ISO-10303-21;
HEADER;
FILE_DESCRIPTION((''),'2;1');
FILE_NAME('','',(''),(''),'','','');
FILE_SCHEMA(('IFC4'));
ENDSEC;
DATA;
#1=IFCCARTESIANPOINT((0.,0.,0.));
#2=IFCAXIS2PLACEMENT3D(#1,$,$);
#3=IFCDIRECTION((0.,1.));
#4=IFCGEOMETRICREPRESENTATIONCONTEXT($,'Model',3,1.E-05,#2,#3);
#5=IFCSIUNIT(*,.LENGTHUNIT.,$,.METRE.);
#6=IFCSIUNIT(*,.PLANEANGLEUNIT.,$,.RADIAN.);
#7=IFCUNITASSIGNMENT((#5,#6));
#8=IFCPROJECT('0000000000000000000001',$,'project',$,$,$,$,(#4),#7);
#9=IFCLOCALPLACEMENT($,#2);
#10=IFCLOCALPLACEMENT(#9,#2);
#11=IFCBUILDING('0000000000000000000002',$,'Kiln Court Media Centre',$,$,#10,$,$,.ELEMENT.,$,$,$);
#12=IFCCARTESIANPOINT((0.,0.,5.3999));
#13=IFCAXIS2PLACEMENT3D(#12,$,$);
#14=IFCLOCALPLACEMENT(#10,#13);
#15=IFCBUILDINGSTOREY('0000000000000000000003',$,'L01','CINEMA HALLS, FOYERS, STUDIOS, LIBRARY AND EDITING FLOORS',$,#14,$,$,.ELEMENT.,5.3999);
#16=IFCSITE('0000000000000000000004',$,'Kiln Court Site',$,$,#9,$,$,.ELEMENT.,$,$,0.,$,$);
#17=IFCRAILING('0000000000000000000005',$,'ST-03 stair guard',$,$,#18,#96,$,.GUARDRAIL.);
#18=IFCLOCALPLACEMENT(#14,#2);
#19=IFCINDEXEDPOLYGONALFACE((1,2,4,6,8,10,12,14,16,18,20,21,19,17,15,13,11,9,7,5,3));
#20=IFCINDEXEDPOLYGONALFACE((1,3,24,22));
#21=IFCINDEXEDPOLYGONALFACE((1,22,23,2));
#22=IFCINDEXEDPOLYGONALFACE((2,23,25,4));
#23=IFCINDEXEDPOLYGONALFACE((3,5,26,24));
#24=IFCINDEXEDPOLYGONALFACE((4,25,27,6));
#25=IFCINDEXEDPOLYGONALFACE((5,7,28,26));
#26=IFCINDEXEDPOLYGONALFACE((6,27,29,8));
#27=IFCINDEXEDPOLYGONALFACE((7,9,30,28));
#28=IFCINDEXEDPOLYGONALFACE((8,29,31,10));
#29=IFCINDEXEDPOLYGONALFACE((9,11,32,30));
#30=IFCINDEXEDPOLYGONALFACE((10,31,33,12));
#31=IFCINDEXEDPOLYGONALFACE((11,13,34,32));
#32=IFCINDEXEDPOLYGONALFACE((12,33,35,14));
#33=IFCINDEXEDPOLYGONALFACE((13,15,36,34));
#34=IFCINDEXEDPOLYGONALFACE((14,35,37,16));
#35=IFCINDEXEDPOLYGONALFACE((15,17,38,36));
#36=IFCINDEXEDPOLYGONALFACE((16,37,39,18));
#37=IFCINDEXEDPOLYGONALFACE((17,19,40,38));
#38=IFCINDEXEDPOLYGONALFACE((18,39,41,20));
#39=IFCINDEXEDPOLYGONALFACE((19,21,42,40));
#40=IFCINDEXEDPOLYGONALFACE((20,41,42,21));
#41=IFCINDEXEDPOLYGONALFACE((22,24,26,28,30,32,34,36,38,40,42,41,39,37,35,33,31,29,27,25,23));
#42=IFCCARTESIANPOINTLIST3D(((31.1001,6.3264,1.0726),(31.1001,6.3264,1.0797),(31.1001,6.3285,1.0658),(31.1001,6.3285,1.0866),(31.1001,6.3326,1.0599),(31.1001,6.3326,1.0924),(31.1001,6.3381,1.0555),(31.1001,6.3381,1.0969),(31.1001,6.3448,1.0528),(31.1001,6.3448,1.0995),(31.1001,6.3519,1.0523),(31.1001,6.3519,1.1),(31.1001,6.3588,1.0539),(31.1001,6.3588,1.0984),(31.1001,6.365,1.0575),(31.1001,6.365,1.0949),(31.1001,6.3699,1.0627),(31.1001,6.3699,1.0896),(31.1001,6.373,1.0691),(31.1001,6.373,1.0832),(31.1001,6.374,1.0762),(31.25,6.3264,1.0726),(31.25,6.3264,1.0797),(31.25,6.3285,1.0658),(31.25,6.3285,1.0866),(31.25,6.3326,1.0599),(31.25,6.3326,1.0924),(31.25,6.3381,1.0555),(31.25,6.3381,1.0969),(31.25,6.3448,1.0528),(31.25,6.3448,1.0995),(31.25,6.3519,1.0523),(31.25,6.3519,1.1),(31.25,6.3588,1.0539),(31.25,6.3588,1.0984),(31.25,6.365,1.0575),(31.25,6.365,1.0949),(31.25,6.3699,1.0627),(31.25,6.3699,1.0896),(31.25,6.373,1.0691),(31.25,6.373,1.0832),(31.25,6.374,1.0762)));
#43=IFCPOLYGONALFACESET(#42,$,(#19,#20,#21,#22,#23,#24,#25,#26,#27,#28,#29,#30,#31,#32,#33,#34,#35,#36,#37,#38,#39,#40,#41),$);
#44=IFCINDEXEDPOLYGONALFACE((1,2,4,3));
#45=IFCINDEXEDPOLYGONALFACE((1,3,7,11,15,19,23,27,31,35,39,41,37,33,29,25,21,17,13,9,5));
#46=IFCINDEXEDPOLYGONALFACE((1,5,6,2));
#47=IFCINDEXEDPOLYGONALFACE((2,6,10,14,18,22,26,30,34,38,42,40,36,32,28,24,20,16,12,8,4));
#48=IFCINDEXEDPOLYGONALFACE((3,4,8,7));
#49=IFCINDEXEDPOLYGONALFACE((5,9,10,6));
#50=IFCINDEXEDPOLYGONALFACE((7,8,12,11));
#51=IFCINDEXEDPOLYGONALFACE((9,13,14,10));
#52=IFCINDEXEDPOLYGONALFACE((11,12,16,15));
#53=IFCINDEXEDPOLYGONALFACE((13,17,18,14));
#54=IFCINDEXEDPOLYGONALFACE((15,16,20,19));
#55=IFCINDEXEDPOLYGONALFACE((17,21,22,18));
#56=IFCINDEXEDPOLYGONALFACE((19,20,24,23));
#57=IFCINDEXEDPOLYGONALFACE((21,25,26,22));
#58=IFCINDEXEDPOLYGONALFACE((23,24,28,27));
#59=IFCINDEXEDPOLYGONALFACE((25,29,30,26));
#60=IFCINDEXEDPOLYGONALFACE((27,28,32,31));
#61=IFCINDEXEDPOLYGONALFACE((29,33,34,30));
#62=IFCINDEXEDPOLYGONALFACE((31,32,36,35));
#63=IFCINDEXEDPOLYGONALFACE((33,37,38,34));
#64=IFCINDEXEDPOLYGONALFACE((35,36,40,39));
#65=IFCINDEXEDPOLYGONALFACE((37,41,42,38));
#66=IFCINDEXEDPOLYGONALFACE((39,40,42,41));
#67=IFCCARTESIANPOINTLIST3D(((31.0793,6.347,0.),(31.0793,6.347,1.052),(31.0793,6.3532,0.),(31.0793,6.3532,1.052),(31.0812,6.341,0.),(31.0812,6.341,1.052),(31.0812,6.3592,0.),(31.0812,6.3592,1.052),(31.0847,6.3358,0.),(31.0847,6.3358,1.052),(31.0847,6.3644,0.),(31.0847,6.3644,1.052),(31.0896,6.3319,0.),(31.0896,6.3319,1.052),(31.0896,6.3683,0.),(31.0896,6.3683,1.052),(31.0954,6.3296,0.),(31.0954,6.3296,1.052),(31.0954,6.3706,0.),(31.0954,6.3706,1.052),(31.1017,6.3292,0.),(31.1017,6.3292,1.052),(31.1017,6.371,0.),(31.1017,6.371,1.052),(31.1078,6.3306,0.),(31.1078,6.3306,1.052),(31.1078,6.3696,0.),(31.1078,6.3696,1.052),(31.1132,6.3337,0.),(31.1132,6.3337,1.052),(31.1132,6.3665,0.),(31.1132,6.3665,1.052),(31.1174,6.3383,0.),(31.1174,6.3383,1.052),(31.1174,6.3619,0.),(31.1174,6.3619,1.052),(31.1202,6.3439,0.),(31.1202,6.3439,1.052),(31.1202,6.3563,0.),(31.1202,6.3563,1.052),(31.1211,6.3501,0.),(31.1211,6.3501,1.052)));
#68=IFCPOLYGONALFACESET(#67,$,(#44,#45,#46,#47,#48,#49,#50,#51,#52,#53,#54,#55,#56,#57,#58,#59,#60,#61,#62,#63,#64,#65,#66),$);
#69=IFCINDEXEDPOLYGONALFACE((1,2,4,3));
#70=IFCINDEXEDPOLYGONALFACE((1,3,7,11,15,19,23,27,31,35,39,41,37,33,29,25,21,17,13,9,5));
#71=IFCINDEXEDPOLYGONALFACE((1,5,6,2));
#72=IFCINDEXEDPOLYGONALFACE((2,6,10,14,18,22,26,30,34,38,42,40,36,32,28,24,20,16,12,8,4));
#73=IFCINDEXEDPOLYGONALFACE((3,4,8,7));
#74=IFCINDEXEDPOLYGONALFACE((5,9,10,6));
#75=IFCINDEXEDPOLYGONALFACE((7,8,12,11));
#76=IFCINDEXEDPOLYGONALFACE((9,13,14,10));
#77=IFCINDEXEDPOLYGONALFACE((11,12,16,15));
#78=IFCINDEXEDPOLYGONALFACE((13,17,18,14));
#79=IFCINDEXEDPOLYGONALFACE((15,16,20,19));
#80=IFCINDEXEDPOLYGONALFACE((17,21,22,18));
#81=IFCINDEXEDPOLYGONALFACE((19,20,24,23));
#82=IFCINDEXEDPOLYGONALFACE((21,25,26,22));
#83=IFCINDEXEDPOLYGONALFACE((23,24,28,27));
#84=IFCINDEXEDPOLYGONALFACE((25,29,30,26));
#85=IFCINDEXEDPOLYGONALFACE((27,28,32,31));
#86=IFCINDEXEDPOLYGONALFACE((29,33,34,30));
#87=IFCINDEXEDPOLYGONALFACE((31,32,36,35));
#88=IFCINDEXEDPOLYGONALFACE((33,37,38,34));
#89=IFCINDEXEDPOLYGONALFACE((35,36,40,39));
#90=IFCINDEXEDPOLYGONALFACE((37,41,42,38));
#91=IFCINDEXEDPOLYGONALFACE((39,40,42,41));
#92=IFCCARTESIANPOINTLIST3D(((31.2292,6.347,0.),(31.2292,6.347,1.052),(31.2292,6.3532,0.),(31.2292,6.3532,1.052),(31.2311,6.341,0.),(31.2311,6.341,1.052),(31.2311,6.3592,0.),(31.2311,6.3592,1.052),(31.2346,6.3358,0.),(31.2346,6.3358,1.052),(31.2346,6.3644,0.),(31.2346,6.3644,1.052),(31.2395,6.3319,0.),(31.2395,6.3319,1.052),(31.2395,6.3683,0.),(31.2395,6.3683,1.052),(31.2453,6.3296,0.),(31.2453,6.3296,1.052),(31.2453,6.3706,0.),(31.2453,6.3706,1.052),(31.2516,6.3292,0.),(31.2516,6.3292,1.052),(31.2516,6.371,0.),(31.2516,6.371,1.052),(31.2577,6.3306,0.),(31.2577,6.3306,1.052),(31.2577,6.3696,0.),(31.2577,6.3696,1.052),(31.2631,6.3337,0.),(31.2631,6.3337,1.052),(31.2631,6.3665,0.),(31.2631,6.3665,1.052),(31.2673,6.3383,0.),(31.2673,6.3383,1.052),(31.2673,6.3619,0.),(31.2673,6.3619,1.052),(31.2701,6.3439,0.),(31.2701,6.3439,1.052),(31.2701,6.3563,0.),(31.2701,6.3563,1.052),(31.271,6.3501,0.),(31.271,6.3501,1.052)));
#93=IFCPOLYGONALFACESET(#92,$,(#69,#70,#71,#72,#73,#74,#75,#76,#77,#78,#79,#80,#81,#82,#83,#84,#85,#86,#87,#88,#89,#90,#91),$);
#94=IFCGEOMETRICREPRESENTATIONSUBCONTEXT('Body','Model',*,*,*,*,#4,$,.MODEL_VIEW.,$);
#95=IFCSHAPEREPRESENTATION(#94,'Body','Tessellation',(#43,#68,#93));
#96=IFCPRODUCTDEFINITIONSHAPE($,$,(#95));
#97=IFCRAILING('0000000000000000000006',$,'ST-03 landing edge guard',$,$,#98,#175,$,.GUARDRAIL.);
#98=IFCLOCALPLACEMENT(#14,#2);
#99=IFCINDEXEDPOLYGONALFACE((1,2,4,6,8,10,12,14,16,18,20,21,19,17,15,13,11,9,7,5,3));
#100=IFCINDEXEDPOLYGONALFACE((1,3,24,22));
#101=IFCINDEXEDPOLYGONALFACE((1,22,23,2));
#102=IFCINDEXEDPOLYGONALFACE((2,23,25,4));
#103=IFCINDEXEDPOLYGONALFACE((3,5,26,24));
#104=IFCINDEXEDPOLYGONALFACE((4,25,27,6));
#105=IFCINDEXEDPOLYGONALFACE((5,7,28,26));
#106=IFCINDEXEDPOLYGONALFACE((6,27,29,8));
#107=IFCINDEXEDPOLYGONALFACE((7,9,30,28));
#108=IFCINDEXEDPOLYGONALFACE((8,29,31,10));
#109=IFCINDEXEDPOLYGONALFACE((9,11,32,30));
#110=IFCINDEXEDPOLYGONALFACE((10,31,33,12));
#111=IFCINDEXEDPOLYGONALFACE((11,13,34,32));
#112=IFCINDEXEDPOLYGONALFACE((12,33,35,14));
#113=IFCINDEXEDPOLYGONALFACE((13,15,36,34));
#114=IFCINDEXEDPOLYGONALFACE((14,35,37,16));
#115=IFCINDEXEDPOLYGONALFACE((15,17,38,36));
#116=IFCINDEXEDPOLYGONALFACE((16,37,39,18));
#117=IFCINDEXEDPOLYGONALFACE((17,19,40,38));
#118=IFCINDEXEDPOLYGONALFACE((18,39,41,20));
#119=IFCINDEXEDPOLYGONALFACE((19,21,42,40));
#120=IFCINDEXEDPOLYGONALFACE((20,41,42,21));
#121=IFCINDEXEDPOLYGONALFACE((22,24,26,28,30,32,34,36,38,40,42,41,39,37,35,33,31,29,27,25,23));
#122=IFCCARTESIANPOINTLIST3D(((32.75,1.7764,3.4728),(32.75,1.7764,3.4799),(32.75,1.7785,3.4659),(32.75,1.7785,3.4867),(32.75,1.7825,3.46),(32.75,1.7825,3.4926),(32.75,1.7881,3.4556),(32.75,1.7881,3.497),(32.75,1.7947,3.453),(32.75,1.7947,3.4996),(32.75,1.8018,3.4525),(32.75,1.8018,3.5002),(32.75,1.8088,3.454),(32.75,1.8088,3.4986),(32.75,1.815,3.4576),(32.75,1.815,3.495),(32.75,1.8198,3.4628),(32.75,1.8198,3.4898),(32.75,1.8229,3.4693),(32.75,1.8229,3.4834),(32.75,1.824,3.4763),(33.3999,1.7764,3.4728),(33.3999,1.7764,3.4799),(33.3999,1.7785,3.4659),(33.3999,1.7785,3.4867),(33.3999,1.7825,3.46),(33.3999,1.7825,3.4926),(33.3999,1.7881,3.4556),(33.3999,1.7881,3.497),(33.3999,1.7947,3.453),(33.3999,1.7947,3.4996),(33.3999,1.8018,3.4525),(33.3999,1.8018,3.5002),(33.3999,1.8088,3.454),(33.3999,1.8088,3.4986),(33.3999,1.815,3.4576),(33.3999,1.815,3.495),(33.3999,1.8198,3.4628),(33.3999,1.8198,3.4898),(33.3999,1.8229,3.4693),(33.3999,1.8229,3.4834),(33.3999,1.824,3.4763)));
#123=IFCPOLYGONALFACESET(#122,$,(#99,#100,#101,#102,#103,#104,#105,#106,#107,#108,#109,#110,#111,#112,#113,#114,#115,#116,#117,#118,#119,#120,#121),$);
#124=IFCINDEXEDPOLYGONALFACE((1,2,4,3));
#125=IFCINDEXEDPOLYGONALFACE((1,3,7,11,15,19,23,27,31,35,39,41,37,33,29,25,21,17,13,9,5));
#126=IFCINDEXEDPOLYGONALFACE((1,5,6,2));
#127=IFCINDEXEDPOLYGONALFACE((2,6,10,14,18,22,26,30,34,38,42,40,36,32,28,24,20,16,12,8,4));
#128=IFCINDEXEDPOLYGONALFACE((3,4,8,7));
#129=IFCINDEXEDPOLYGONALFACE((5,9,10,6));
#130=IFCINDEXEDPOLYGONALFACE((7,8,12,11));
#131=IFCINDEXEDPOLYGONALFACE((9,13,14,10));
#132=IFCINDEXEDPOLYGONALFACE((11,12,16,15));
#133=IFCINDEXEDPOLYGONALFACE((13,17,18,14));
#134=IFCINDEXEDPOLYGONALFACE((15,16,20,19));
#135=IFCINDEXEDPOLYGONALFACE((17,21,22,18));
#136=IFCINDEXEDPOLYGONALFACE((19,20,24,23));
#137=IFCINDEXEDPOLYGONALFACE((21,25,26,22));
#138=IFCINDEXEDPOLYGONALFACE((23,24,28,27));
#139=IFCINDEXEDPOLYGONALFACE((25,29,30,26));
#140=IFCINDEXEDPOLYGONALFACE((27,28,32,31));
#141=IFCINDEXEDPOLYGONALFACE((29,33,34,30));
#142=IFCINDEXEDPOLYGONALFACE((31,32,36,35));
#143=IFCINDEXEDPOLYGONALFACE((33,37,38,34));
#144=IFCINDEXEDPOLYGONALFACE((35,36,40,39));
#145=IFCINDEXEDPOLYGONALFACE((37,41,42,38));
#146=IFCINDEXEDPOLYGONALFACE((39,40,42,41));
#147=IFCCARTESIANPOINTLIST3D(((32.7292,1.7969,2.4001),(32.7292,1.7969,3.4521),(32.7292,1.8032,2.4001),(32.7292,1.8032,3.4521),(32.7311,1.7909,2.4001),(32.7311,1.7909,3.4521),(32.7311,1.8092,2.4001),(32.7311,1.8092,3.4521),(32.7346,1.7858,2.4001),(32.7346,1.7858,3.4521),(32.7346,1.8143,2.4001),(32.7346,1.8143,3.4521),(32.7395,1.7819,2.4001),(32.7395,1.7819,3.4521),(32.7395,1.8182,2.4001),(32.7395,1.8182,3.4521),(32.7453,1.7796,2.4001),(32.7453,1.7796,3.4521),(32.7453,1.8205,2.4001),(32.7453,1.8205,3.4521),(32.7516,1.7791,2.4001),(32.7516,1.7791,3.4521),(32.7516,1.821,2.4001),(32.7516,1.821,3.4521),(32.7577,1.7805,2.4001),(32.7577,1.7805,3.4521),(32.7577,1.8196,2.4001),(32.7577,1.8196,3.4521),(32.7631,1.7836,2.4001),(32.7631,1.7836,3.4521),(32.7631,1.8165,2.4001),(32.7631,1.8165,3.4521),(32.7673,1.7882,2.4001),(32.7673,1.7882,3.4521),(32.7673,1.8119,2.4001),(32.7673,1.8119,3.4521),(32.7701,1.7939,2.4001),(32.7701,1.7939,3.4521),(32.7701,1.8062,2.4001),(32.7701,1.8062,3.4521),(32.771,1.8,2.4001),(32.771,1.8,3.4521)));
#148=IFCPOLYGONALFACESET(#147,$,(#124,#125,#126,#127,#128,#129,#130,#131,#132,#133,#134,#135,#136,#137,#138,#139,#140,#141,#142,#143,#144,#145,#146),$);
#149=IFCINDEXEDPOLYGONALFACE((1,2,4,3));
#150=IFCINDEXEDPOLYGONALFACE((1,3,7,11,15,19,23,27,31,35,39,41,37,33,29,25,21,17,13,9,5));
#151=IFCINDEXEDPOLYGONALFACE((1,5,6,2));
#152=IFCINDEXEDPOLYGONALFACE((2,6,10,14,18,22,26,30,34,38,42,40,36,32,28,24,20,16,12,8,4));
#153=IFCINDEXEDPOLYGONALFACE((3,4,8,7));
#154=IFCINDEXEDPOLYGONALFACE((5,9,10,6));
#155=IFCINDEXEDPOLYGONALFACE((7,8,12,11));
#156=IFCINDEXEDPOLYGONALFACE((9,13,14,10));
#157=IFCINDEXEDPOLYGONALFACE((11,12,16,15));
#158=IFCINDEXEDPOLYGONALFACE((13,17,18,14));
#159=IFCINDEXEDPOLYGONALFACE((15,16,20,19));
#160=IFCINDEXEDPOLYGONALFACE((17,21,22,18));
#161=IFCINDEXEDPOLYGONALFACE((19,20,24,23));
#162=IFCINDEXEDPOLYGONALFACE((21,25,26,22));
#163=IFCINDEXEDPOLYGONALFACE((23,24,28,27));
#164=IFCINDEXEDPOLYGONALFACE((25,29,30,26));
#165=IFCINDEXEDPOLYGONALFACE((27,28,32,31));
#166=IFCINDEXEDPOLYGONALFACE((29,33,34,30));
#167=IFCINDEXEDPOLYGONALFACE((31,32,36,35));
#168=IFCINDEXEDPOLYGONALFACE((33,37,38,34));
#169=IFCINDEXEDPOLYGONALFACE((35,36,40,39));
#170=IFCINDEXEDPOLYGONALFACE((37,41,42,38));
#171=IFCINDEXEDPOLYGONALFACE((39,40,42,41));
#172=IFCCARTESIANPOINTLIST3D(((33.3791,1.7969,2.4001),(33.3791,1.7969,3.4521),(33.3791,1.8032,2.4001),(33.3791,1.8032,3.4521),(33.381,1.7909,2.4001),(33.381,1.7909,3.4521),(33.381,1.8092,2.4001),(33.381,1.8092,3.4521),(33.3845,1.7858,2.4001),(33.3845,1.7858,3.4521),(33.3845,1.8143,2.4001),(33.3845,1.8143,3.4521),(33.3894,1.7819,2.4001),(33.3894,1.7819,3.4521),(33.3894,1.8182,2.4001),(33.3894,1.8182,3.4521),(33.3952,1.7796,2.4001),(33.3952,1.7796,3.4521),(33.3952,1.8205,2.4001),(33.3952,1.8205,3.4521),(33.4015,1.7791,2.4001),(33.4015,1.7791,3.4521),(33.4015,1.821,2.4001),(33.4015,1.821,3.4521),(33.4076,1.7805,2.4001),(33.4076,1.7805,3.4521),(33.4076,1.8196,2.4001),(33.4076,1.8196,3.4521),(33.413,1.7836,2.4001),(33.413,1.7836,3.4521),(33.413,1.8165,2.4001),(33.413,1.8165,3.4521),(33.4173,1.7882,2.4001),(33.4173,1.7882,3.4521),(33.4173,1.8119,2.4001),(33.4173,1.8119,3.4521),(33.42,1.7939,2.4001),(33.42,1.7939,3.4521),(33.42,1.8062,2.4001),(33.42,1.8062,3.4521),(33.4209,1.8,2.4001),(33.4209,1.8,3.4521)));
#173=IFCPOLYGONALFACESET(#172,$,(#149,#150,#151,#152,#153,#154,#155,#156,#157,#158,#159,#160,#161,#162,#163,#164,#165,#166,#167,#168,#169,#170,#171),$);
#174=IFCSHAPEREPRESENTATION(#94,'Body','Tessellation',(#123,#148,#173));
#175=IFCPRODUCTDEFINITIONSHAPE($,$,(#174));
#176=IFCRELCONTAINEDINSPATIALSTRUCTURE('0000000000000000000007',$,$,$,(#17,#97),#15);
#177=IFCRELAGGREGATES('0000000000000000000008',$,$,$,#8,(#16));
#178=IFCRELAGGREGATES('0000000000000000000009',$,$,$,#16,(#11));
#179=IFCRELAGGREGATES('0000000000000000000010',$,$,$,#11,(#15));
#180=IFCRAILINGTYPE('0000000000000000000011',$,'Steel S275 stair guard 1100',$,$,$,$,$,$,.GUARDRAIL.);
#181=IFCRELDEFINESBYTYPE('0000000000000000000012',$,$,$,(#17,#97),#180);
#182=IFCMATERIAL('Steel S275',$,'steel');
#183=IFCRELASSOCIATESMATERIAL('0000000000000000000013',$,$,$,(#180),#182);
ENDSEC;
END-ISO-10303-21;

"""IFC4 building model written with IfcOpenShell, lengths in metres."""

from ifc_helpers import new_model, si_unit, direction, frame, origin, origin_2d, place, context, subcontext, project, spatial, circle, extrude, material, type_object, element, save


model = new_model("IFC4")

# Units and contexts
model_context = context("Model", 3, precision=1e-05, world=origin(), true_north=direction((0.0, 1.0)))
body_context = subcontext(model_context, "Body", "Model", "MODEL_VIEW")
ifc_project = project(units=[si_unit("LENGTHUNIT", "METRE"), si_unit("PLANEANGLEUNIT", "RADIAN")], contexts=[model_context])

# Site, building, storey
site_placement = place(None, origin())
site = spatial("IfcSite", under=ifc_project, at=site_placement, Name="Kiln Court Site", CompositionType="ELEMENT", RefElevation=0.0)
building_placement = place(site_placement, origin())
building = spatial("IfcBuilding", under=site, at=building_placement, Name="Kiln Court Media Centre", CompositionType="ELEMENT")
storey_placement = place(building_placement, frame((0.0, 0.0, 5.3999)))
storey = spatial("IfcBuildingStorey", under=building, at=storey_placement, Name="L01", Description="CINEMA HALLS, FOYERS, STUDIOS, LIBRARY AND EDITING FLOORS", CompositionType="ELEMENT", Elevation=5.3999)

# Railings
ifc_material_1 = material(Name="Steel S275", Category="steel")
railing_type_1 = type_object("IfcRailingType", Name="Steel S275 stair guard 1100", PredefinedType="GUARDRAIL", material=ifc_material_1)
railing_1_placement = place(storey_placement, frame((31.1001, 6.3501, 0.0)))
element("IfcRailing", 1, at=railing_1_placement, inside=storey, type_object=railing_type_1, Name="ST-03 stair guard", PredefinedType="GUARDRAIL", context=body_context, shape_type="SweptSolid", body=[
    extrude(circle(Radius=0.0239, at=origin_2d()), frame((0.0, 0.0, 1.0762), z_axis=(1.0, 0.0, 0.0), x_axis=(0.0, 1.0, 0.0)), (0.0, 0.0, 1.0), 0.1499),
    extrude(circle(Radius=0.021, at=origin_2d()), origin(), (0.0, 0.0, 1.0), 1.052),
    extrude(circle(Radius=0.021, at=origin_2d()), frame((0.1499, 0.0, 0.0)), (0.0, 0.0, 1.0), 1.052),
])
for number, where, name in (
    (2, (32.75, 1.8, 2.4001), "ST-03 landing edge guard"),
):
    element("IfcRailing", number, at=place(storey_placement, frame(where)), inside=storey, type_object=railing_type_1, Name=name, PredefinedType="GUARDRAIL", context=body_context, shape_type="SweptSolid", body=[
        extrude(circle(Radius=0.0239, at=origin_2d()), frame((0.0, 0.0, 1.0762), z_axis=(1.0, 0.0, 0.0), x_axis=(0.0, 1.0, 0.0)), (0.0, 0.0, 1.0), 0.6499),
        extrude(circle(Radius=0.021, at=origin_2d()), origin(), (0.0, 0.0, 1.0), 1.052),
        extrude(circle(Radius=0.021, at=origin_2d()), frame((0.6499, 0.0, 0.0)), (0.0, 0.0, 1.0), 1.052),
    ])

save(model, "model.ifc")
